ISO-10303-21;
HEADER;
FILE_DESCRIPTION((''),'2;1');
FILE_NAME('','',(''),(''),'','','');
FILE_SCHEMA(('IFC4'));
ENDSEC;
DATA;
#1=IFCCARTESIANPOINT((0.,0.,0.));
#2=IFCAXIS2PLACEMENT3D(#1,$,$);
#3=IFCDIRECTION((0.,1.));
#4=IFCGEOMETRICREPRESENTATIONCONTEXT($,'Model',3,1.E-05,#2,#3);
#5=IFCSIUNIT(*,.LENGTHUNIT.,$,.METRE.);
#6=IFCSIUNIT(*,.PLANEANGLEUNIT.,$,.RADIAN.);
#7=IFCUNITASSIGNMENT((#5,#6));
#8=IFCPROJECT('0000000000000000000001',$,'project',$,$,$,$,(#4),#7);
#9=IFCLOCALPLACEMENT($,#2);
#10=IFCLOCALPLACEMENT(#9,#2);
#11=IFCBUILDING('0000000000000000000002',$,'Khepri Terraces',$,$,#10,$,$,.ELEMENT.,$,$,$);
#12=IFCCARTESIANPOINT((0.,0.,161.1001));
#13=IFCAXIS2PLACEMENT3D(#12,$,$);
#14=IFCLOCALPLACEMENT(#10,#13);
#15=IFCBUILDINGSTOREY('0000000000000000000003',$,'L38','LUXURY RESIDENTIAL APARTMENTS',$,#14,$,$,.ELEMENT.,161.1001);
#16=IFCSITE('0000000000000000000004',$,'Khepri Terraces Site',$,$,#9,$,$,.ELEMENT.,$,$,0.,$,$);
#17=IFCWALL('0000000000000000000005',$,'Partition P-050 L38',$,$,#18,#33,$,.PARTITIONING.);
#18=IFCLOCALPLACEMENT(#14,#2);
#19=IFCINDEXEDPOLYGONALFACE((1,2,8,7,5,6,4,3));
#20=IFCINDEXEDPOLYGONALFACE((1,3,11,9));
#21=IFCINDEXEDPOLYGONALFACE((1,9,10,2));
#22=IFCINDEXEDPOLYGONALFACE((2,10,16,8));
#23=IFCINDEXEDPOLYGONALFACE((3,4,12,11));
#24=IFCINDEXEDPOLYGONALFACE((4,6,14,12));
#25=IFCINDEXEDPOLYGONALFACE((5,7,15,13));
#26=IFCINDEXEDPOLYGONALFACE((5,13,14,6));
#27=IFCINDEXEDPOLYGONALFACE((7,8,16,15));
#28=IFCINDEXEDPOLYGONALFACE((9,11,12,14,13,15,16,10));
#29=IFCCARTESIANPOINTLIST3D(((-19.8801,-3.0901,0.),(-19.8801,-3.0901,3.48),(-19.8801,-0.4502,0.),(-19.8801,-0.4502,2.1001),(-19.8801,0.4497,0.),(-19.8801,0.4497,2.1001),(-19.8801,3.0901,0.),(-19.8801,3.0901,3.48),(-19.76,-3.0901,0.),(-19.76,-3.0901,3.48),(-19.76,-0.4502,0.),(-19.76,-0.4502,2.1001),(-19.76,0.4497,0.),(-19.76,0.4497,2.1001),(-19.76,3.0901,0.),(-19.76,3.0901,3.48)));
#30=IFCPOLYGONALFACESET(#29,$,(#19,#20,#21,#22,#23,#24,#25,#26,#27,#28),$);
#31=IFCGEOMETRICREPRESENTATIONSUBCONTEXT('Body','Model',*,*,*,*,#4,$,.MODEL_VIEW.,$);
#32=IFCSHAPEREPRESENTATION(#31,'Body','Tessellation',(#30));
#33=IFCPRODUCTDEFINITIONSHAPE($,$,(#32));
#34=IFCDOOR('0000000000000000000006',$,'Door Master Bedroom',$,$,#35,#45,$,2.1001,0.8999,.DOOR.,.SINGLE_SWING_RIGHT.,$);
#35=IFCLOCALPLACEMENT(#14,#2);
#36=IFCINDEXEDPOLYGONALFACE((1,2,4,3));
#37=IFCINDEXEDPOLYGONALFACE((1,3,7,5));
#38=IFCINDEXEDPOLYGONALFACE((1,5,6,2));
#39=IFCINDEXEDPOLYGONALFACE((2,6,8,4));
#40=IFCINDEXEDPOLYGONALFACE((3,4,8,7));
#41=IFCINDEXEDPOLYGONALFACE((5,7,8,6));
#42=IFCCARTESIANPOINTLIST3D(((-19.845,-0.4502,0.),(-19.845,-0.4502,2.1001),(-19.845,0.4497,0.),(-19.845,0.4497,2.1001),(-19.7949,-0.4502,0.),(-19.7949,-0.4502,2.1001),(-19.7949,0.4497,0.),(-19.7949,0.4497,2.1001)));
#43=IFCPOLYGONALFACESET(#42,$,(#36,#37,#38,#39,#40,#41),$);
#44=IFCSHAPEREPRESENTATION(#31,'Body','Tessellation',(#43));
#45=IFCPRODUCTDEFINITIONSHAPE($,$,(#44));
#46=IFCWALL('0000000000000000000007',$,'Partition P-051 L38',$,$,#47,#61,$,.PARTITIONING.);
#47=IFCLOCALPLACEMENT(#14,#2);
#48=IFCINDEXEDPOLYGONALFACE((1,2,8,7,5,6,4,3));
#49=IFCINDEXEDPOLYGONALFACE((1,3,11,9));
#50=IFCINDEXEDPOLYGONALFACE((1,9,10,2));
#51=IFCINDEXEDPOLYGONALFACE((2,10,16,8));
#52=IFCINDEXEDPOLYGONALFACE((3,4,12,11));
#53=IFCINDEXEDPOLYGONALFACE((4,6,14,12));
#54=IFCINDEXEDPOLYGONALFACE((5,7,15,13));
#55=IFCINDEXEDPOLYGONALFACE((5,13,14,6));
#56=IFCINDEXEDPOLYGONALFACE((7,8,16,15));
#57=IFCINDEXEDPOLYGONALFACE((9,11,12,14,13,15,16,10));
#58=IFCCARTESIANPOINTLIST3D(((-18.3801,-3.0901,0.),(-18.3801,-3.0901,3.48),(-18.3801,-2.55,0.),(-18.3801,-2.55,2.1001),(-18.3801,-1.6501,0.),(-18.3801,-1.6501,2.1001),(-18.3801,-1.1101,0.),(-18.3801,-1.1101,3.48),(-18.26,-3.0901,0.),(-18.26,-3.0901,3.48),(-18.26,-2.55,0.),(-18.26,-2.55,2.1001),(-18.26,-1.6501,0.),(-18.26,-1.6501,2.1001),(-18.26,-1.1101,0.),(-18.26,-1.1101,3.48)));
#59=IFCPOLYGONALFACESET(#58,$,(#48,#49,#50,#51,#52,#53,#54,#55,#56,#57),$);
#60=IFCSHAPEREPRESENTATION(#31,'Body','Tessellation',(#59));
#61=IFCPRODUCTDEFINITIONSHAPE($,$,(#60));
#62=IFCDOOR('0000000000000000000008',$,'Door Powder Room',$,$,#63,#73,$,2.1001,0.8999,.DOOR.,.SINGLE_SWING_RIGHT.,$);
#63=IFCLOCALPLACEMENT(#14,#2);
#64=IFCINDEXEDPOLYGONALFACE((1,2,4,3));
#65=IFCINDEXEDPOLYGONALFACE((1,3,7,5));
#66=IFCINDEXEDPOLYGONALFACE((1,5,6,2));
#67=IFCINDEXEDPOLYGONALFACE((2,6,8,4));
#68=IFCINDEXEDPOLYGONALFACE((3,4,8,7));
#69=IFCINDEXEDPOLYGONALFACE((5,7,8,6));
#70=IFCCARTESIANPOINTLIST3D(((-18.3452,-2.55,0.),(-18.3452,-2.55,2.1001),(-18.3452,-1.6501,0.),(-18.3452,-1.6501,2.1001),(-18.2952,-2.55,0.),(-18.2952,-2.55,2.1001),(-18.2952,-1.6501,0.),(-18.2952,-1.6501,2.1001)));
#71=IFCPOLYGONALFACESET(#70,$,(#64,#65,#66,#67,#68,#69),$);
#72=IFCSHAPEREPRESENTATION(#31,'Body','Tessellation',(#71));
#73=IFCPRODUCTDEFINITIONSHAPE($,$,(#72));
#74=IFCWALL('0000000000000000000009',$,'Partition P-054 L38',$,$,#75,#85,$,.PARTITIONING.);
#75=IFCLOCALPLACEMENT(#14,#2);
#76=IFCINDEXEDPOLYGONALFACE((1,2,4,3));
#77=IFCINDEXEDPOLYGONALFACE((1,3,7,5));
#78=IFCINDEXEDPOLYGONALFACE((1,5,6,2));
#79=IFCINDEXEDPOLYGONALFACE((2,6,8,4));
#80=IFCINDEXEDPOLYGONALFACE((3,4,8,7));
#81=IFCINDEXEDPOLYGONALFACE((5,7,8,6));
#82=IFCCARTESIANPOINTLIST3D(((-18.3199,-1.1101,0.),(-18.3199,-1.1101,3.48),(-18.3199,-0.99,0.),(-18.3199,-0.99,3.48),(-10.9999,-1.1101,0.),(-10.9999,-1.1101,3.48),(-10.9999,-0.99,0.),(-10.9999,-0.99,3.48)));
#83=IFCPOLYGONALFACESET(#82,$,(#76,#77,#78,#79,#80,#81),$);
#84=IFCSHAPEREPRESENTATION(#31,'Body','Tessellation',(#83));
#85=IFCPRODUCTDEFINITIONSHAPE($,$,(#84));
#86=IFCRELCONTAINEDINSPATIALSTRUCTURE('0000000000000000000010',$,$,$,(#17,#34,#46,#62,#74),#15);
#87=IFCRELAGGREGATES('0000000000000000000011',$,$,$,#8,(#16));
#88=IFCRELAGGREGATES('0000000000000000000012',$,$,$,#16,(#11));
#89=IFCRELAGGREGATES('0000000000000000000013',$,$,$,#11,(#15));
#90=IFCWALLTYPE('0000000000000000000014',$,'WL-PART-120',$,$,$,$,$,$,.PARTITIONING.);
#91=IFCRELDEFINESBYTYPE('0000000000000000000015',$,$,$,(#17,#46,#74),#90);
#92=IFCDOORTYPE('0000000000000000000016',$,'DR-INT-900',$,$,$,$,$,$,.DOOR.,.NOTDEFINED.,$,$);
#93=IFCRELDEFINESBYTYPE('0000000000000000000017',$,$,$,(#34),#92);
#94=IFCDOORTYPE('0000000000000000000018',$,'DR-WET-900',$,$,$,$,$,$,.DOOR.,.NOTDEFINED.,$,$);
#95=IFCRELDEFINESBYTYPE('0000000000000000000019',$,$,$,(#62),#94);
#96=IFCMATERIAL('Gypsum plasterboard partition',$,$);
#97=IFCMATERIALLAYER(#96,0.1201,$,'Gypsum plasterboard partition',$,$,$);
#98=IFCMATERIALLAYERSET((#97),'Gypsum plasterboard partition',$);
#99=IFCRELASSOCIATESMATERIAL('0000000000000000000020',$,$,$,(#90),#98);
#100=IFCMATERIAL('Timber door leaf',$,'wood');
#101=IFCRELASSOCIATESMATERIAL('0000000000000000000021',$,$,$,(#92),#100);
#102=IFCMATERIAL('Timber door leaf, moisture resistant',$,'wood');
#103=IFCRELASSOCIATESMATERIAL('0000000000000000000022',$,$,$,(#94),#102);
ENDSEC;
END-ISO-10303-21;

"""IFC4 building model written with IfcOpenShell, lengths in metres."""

from ifc_helpers import new_model, si_unit, direction, frame, frame_2d, origin, place, context, subcontext, project, spatial, rectangle, extrude, material, layer, layer_set, type_object, element, fill, save


model = new_model("IFC4")

# Units and contexts
model_context = context("Model", 3, precision=1e-05, world=origin(), true_north=direction((0.0, 1.0)))
body_context = subcontext(model_context, "Body", "Model", "MODEL_VIEW")
ifc_project = project(units=[si_unit("LENGTHUNIT", "METRE"), si_unit("PLANEANGLEUNIT", "RADIAN")], contexts=[model_context])

# Site, building, storey
site_placement = place(None, origin())
site = spatial("IfcSite", under=ifc_project, at=site_placement, Name="Khepri Terraces Site", CompositionType="ELEMENT", RefElevation=0.0)
building_placement = place(site_placement, origin())
building = spatial("IfcBuilding", under=site, at=building_placement, Name="Khepri Terraces", CompositionType="ELEMENT")
storey_placement = place(building_placement, frame((0.0, 0.0, 161.1001)))
storey = spatial("IfcBuildingStorey", under=building, at=storey_placement, Name="L38", Description="LUXURY RESIDENTIAL APARTMENTS", CompositionType="ELEMENT", Elevation=161.1001)

# Shared definitions
ifc_material_1 = material(Name="Gypsum plasterboard partition")
ifc_layer_1 = layer(ifc_material_1, 0.1201, Name="Gypsum plasterboard partition")
ifc_layer_set_1 = layer_set([ifc_layer_1], Name="Gypsum plasterboard partition")
wall_type_1 = type_object("IfcWallType", Name="WL-PART-120", PredefinedType="PARTITIONING", material=ifc_layer_set_1)
ifc_material_2 = material(Name="Timber door leaf", Category="wood")
door_type_1 = type_object("IfcDoorType", Name="DR-INT-900", OperationType="NOTDEFINED", PredefinedType="DOOR", material=ifc_material_2)

# Shared definitions
ifc_material_3 = material(Name="Timber door leaf, moisture resistant", Category="wood")
door_type_2 = type_object("IfcDoorType", Name="DR-WET-900", OperationType="NOTDEFINED", PredefinedType="DOOR", material=ifc_material_3)

# Walls, openings, doors
wall_1_placement = place(storey_placement, frame((-19.8201, -3.0901, 0.0), z_axis=(0.0, 0.0, 1.0), x_axis=(0.0, 1.0, 0.0)))
wall_1 = element("IfcWall", 1, at=wall_1_placement, inside=storey, type_object=wall_type_1, Name="Partition P-050 L38", PredefinedType="PARTITIONING", context=body_context, shape_type="SweptSolid", body=[
    extrude(rectangle(XDim=6.1802, YDim=0.1201, at=frame_2d((3.0901, 0.0))), origin(), (0.0, 0.0, 1.0), 3.48),
])
opening_1_placement = place(wall_1_placement, frame((2.6399, 0.0, 0.0)))
opening_1 = element("IfcOpeningElement", 2, at=opening_1_placement, cuts=wall_1, PredefinedType="OPENING", context=body_context, shape_type="SweptSolid", body=[
    extrude(rectangle(XDim=0.8999, YDim=2.1001, at=frame_2d((0.45, 1.05))), frame((0.0, 0.0701, 0.0), z_axis=(0.0, -1.0, 0.0), x_axis=(1.0, 0.0, 0.0)), (0.0, 0.0, 1.0), 0.1401),
])
door_1_placement = place(opening_1_placement, origin())
door_1 = element("IfcDoor", 3, at=door_1_placement, inside=storey, type_object=door_type_1, Name="Door Master Bedroom", OperationType="SINGLE_SWING_RIGHT", OverallHeight=2.1001, OverallWidth=0.8999, PredefinedType="DOOR", context=body_context, shape_type="SweptSolid", body=[
    extrude(rectangle(XDim=0.8999, YDim=2.1001, at=frame_2d((0.45, 1.05))), frame((0.0, 0.0249, 0.0), z_axis=(0.0, -1.0, 0.0), x_axis=(1.0, 0.0, 0.0)), (0.0, 0.0, 1.0), 0.05),
])
fill(opening_1, door_1)
wall_2_placement = place(storey_placement, frame((-18.3201, -3.0901, 0.0), z_axis=(0.0, 0.0, 1.0), x_axis=(0.0, 1.0, 0.0)))
wall_2 = element("IfcWall", 4, at=wall_2_placement, inside=storey, type_object=wall_type_1, Name="Partition P-051 L38", PredefinedType="PARTITIONING", context=body_context, shape_type="SweptSolid", body=[
    extrude(rectangle(XDim=1.98, YDim=0.1201, at=frame_2d((0.99, 0.0))), origin(), (0.0, 0.0, 1.0), 3.48),
])
opening_2_placement = place(wall_2_placement, frame((0.54, 0.0, 0.0)))
opening_2 = element("IfcOpeningElement", 5, at=opening_2_placement, cuts=wall_2, PredefinedType="OPENING", context=body_context, shape_type="SweptSolid", body=[
    extrude(rectangle(XDim=0.8999, YDim=2.1001, at=frame_2d((0.45, 1.05))), frame((0.0, 0.0701, 0.0), z_axis=(0.0, -1.0, 0.0), x_axis=(1.0, 0.0, 0.0)), (0.0, 0.0, 1.0), 0.1401),
])
door_2_placement = place(opening_2_placement, frame((0.8999, 0.0, 0.0), z_axis=(0.0, 0.0, 1.0), x_axis=(-1.0, 0.0, 0.0)))
door_2 = element("IfcDoor", 6, at=door_2_placement, inside=storey, type_object=door_type_2, Name="Door Powder Room", OperationType="SINGLE_SWING_RIGHT", OverallHeight=2.1001, OverallWidth=0.8999, PredefinedType="DOOR", context=body_context, shape_type="SweptSolid", body=[
    extrude(rectangle(XDim=0.8999, YDim=2.1001, at=frame_2d((0.45, 1.05))), frame((0.0, 0.0249, 0.0), z_axis=(0.0, -1.0, 0.0), x_axis=(1.0, 0.0, 0.0)), (0.0, 0.0, 1.0), 0.05),
])
fill(opening_2, door_2)

# Wall
wall_3_placement = place(storey_placement, frame((-18.3201, -1.05, 0.0), z_axis=(0.0, 0.0, 1.0), x_axis=(1.0, 0.0, 0.0)))
element("IfcWall", 7, at=wall_3_placement, inside=storey, type_object=wall_type_1, Name="Partition P-054 L38", PredefinedType="PARTITIONING", context=body_context, shape_type="SweptSolid", body=[
    extrude(rectangle(XDim=7.3201, YDim=0.1201, at=frame_2d((3.6602, 0.0))), origin(), (0.0, 0.0, 1.0), 3.48),
])

save(model, "model.ifc")
